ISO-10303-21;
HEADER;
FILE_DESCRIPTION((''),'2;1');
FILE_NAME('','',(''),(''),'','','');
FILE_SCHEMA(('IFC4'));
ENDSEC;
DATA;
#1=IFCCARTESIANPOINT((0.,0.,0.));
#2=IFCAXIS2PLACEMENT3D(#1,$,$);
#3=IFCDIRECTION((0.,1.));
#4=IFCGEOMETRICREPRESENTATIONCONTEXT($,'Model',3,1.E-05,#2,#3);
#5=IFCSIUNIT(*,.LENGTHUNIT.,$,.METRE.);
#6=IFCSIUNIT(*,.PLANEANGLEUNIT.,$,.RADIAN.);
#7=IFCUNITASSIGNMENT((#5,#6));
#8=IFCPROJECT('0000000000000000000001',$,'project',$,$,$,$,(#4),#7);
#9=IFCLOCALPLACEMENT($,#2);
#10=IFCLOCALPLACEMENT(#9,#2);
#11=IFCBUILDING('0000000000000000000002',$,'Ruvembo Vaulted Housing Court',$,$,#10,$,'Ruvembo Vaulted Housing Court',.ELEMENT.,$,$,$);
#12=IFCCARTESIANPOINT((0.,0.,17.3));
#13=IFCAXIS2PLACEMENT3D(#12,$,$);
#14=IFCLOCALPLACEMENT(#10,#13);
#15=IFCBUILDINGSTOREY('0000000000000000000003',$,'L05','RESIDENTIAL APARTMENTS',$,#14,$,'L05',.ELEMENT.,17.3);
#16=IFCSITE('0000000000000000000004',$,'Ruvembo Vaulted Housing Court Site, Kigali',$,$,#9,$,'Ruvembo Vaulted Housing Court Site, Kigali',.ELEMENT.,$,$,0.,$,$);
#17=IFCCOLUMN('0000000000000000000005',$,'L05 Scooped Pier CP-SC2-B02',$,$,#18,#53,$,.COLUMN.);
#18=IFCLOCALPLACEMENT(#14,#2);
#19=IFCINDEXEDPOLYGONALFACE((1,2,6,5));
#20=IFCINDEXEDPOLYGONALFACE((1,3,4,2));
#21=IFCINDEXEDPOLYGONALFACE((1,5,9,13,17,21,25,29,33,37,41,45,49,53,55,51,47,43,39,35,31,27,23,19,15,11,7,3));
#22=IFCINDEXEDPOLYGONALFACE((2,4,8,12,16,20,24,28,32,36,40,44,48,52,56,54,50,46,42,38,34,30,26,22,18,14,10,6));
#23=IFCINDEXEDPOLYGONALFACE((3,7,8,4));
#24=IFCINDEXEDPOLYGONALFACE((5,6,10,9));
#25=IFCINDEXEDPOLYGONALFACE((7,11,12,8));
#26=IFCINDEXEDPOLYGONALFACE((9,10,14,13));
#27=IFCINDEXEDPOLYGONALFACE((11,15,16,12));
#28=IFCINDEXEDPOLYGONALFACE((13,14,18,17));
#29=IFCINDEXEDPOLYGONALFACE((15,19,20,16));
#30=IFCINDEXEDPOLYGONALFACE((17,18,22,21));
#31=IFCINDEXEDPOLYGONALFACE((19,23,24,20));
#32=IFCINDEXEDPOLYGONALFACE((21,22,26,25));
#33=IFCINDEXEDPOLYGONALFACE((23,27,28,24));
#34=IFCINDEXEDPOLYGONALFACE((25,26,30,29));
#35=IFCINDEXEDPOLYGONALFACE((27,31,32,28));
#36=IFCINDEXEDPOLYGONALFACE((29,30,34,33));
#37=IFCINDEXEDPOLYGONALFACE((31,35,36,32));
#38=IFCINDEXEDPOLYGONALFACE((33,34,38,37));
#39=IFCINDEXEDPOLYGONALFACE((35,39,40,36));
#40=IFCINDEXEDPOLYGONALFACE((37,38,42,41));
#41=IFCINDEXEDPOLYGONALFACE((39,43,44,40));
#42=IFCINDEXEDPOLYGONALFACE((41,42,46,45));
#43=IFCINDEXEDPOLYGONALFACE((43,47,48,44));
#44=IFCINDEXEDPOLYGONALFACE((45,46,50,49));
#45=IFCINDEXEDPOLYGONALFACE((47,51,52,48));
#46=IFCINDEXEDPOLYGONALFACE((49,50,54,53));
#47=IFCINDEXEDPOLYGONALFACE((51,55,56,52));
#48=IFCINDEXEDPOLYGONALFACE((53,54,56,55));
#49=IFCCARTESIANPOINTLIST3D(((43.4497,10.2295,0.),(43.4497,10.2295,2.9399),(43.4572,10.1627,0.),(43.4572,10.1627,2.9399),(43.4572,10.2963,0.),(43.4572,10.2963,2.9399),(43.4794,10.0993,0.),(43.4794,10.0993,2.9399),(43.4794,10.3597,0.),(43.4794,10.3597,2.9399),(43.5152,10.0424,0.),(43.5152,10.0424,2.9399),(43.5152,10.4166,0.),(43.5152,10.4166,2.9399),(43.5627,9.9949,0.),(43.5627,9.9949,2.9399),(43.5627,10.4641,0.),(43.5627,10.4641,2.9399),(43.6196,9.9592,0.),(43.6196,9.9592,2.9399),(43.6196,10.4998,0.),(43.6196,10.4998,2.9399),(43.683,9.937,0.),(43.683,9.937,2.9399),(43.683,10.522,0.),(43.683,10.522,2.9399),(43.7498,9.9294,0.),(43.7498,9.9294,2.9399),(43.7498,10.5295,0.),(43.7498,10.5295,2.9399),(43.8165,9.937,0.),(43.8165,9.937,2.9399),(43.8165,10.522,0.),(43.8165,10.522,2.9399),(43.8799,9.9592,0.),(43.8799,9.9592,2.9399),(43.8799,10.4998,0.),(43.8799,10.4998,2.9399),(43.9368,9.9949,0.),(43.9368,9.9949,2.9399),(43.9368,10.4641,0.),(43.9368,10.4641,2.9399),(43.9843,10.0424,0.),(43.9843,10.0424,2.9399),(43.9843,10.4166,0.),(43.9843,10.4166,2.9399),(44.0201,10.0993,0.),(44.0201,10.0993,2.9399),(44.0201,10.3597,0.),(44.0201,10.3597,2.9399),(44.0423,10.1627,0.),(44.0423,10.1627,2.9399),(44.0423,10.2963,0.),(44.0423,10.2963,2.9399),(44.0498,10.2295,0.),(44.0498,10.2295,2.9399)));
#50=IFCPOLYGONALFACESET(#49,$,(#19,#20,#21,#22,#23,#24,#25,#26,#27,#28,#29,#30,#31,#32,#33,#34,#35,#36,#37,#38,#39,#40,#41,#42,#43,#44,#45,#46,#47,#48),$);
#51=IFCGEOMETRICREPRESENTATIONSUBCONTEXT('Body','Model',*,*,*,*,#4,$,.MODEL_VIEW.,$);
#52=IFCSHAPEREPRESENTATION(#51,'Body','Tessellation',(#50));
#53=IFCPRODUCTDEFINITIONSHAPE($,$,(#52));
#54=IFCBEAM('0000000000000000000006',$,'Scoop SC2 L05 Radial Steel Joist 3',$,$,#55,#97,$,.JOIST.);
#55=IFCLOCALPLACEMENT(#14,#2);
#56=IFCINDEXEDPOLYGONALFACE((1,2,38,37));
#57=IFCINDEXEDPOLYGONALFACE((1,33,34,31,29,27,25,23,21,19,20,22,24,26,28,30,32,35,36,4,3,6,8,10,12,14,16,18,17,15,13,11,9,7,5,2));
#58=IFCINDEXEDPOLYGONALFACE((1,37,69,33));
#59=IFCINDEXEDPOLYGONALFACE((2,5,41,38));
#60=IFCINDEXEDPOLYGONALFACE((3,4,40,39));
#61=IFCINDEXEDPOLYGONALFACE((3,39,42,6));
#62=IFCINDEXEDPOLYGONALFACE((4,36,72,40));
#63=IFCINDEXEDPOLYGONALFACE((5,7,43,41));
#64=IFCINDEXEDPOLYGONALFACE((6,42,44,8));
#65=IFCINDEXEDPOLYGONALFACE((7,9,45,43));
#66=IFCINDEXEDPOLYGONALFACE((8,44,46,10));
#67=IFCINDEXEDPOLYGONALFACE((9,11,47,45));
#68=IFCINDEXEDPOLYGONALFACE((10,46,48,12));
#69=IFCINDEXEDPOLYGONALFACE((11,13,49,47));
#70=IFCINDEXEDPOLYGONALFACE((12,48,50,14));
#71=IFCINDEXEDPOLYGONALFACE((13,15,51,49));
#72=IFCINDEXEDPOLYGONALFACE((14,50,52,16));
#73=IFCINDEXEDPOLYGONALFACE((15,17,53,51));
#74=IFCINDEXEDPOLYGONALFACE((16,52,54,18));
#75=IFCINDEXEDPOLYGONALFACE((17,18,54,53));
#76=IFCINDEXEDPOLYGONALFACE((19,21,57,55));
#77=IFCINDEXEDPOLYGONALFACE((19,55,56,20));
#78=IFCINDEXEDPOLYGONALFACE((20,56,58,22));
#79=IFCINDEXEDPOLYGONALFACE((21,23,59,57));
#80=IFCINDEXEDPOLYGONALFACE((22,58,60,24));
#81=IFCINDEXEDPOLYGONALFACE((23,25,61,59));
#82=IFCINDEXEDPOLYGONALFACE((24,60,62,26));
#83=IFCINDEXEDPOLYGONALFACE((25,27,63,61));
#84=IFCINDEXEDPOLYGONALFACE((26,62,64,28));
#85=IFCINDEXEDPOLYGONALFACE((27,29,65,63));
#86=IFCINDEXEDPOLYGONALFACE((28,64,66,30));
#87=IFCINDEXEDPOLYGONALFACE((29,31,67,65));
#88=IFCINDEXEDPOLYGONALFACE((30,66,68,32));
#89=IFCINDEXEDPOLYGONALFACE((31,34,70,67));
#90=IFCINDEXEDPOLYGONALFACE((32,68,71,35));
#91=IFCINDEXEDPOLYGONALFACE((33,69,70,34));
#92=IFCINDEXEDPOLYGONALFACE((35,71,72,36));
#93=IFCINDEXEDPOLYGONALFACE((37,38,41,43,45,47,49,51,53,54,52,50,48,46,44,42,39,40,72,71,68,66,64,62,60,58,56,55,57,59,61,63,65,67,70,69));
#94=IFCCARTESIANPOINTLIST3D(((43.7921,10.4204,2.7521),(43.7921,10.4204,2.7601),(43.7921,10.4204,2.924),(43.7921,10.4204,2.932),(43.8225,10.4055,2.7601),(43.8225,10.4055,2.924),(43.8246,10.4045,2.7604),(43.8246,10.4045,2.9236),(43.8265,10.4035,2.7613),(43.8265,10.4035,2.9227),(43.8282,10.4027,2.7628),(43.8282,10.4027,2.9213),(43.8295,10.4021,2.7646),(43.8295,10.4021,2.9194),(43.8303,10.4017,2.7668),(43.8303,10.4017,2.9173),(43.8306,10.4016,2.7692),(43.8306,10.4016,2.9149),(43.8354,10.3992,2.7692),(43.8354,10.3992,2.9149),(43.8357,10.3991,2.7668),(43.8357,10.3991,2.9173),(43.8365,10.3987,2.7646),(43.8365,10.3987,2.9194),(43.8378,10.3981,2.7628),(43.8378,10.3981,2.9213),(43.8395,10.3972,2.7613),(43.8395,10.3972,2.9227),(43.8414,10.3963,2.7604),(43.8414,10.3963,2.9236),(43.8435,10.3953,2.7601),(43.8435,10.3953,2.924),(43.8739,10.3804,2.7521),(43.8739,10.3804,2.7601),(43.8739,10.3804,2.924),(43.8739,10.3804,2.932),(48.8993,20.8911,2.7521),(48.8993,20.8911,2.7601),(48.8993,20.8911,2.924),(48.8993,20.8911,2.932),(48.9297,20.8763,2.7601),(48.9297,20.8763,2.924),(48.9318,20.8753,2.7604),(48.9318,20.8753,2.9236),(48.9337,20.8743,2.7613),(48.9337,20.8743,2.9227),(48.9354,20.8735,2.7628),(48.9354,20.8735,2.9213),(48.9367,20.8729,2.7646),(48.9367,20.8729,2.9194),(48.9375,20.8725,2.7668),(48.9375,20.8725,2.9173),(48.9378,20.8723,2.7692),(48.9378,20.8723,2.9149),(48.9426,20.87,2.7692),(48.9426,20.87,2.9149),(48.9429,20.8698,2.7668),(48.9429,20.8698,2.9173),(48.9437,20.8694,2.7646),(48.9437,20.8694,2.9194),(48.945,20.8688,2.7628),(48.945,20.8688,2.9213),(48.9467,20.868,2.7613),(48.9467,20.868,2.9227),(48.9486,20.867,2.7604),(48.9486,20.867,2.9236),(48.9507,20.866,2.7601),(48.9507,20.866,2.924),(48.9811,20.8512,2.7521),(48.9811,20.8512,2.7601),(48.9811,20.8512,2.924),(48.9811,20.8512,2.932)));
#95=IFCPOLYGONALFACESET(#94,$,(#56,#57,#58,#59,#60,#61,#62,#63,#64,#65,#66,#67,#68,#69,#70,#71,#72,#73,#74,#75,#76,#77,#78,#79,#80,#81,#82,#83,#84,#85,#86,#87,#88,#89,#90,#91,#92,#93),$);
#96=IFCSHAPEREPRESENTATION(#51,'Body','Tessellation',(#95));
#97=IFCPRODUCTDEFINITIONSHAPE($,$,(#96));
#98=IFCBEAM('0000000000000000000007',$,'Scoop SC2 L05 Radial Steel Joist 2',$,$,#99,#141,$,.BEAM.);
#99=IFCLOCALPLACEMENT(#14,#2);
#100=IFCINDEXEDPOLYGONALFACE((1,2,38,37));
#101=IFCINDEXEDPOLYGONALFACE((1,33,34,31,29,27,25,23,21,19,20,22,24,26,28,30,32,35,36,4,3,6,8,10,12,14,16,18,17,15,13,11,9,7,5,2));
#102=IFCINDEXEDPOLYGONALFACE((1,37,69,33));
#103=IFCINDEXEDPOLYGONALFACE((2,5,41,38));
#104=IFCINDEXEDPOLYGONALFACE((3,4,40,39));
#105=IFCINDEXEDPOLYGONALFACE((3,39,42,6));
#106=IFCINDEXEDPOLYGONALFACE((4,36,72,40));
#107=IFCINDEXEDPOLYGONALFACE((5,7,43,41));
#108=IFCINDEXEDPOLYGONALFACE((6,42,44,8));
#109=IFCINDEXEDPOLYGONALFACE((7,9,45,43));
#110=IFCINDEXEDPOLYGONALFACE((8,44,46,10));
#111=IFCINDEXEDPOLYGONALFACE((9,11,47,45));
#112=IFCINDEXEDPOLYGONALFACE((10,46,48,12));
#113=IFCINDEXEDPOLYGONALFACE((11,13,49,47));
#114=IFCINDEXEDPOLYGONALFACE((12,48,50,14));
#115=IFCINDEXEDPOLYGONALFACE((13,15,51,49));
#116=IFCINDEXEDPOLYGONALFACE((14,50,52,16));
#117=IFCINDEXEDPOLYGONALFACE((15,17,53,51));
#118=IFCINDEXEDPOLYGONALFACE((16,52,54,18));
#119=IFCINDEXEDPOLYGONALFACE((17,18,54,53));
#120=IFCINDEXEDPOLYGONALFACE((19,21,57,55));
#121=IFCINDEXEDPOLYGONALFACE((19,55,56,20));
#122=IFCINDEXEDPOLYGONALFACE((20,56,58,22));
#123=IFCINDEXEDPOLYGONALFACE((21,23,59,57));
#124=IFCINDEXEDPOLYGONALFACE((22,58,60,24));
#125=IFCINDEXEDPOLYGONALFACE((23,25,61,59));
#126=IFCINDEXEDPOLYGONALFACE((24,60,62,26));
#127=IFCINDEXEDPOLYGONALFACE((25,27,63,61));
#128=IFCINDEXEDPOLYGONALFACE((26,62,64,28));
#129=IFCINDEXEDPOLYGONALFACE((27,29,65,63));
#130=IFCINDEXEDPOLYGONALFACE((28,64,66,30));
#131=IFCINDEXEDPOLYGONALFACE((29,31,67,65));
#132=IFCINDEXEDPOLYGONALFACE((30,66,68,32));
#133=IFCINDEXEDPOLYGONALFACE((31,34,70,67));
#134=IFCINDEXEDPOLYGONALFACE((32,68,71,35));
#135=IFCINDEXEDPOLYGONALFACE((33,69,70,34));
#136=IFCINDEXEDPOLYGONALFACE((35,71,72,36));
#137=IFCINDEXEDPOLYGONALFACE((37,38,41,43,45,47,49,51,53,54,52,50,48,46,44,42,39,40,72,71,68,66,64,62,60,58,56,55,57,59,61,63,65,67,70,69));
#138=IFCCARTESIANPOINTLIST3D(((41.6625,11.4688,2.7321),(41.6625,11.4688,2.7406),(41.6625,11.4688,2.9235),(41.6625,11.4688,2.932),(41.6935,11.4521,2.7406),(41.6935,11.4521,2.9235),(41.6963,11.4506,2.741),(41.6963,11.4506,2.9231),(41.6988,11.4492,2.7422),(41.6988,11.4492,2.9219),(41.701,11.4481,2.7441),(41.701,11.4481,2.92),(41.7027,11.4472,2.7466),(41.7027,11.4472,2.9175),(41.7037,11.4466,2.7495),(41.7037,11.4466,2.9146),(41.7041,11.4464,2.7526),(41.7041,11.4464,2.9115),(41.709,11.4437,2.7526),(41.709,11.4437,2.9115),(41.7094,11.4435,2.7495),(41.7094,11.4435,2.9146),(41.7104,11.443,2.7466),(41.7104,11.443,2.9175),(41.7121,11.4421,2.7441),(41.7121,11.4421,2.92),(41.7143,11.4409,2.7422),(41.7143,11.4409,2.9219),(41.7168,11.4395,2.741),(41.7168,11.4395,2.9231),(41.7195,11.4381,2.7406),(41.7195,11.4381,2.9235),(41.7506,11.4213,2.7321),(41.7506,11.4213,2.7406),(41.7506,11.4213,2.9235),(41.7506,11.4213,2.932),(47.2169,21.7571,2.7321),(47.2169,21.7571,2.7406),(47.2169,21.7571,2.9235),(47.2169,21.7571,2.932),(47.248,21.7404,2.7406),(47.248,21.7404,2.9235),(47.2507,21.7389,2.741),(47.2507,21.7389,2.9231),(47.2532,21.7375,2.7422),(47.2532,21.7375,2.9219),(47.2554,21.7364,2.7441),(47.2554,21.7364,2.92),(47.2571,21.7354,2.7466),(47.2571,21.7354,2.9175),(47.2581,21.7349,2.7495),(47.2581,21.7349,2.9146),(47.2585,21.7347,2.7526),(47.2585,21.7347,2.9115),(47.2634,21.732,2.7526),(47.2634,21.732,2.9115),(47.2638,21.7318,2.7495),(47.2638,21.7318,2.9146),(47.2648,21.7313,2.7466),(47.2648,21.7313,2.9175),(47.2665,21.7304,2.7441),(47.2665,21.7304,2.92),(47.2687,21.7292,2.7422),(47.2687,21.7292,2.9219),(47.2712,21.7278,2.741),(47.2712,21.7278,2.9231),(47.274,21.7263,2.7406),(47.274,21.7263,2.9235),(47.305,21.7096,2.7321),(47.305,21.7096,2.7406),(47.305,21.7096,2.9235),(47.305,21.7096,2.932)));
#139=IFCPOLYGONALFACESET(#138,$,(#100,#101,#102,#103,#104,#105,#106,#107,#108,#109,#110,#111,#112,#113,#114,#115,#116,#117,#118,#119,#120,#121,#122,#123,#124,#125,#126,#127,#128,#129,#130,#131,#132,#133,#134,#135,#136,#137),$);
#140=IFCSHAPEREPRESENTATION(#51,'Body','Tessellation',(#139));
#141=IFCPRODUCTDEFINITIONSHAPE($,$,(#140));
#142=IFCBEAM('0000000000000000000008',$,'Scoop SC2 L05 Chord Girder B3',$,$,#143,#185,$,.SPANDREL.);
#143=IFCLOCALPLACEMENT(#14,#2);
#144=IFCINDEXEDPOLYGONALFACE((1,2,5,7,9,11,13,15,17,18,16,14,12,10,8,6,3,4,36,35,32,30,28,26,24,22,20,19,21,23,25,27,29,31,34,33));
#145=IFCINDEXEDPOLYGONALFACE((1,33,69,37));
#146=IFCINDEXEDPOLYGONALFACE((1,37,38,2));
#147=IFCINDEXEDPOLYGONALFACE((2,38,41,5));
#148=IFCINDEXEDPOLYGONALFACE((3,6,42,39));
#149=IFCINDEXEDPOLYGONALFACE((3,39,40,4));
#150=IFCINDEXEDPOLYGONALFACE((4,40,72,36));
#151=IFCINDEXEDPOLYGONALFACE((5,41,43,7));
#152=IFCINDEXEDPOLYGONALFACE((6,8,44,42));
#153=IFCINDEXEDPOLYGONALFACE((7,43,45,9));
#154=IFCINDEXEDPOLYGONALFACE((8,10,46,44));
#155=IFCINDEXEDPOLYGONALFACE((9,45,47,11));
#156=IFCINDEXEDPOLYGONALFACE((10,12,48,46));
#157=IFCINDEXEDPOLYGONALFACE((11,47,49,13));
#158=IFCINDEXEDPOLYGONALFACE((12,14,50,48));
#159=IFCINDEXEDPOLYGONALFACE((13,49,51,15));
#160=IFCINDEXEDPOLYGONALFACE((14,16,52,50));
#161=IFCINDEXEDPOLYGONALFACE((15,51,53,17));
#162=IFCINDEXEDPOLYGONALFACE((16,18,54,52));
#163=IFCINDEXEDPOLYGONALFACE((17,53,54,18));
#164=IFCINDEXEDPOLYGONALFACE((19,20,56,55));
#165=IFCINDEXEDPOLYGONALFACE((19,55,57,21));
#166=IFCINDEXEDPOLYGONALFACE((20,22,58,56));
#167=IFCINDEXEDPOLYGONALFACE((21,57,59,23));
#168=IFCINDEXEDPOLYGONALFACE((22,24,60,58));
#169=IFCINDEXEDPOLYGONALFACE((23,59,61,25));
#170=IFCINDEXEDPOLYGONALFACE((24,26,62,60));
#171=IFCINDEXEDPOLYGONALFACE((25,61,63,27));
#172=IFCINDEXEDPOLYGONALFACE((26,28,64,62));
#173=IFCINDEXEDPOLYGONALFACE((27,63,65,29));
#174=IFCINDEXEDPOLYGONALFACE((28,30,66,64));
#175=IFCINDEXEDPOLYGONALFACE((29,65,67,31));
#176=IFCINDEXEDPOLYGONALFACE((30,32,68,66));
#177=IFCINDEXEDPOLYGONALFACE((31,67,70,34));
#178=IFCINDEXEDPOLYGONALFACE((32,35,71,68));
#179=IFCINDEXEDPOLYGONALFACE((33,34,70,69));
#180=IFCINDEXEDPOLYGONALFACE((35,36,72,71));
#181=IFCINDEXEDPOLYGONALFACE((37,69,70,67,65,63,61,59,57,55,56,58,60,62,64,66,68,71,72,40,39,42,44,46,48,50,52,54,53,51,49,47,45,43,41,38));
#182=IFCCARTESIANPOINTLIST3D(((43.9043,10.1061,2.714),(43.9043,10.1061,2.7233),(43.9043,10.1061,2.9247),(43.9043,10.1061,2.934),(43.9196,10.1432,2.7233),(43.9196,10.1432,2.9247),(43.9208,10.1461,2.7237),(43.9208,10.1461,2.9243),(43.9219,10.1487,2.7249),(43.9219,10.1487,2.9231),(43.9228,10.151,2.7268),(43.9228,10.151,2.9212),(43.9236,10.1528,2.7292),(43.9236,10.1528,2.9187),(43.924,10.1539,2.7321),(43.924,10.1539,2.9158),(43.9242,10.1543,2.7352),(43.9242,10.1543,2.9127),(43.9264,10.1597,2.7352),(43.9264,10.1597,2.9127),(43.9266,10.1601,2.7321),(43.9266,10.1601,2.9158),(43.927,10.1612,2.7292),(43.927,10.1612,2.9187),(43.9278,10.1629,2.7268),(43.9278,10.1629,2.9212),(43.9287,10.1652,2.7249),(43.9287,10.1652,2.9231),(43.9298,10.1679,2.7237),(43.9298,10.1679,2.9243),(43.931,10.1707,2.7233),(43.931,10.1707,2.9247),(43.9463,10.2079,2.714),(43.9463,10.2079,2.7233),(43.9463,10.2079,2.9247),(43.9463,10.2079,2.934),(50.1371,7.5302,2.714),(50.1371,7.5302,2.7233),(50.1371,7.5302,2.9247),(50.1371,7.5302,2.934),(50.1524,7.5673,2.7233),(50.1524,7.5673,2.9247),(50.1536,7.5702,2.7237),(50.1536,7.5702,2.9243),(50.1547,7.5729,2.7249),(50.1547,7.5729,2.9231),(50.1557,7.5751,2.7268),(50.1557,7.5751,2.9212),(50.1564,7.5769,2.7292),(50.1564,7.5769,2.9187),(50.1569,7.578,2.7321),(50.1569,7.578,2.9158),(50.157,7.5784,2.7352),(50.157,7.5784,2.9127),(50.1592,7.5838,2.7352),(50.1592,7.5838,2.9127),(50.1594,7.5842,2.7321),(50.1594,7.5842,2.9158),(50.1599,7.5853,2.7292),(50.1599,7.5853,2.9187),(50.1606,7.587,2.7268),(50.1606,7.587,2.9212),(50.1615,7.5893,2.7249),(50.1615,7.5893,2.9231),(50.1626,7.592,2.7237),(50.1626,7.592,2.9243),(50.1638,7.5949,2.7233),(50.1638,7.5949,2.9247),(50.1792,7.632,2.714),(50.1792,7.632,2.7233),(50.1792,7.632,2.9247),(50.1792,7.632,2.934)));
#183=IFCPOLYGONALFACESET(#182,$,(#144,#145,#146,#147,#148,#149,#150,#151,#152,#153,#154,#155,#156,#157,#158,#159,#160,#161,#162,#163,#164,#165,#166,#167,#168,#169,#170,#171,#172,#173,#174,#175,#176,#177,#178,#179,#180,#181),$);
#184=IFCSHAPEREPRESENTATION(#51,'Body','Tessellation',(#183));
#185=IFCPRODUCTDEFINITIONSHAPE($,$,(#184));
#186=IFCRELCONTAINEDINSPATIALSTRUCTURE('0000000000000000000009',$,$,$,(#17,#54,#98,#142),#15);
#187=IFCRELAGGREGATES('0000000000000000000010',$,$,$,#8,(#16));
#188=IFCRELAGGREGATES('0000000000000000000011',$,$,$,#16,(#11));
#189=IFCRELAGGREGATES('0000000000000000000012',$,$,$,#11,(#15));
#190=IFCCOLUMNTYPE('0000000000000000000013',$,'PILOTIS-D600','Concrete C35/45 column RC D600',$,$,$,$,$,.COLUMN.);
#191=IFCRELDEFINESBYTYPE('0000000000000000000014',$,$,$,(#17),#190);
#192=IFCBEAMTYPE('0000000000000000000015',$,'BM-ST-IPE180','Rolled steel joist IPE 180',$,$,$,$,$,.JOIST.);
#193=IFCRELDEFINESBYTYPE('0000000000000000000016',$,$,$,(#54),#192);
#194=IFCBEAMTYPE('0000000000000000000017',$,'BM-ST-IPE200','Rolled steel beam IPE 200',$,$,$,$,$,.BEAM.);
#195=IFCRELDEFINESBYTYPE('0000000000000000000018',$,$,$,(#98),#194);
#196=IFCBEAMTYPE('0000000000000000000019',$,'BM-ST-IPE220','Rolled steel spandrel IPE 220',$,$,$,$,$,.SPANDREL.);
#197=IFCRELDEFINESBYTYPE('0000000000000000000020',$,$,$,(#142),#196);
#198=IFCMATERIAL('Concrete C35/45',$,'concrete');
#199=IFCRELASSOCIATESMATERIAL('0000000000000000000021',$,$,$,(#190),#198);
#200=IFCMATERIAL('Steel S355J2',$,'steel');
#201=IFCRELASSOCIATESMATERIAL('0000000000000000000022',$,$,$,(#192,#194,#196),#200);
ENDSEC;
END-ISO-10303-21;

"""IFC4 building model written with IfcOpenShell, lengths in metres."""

from ifc_helpers import new_model, si_unit, direction, frame, origin, origin_2d, place, context, subcontext, project, spatial, circle, i_section, extrude, material, material_profile, profile_set, type_object, element, save


model = new_model("IFC4")

# Units and contexts
model_context = context("Model", 3, precision=1e-05, world=origin(), true_north=direction((0.0, 1.0)))
body_context = subcontext(model_context, "Body", "Model", "MODEL_VIEW")
ifc_project = project(units=[si_unit("LENGTHUNIT", "METRE"), si_unit("PLANEANGLEUNIT", "RADIAN")], contexts=[model_context])

# Site, building, storey
site_placement = place(None, origin())
site = spatial("IfcSite", under=ifc_project, at=site_placement, Name="Ruvembo Vaulted Housing Court Site, Kigali", LongName="Ruvembo Vaulted Housing Court Site, Kigali", CompositionType="ELEMENT", RefElevation=0.0)
building_placement = place(site_placement, origin())
building = spatial("IfcBuilding", under=site, at=building_placement, Name="Ruvembo Vaulted Housing Court", LongName="Ruvembo Vaulted Housing Court", CompositionType="ELEMENT")
storey_placement = place(building_placement, frame((0.0, 0.0, 17.3)))
storey = spatial("IfcBuildingStorey", under=building, at=storey_placement, Name="L05", Description="RESIDENTIAL APARTMENTS", LongName="L05", CompositionType="ELEMENT", Elevation=17.3)

# Column
ifc_material_1 = material(Name="Concrete C35/45", Category="concrete")
ifc_material_profile_1 = material_profile(ifc_material_1, circle(Radius=0.3, at=origin_2d()), Name="RC D600")
ifc_profile_set_1 = profile_set([ifc_material_profile_1], Name="Concrete C35/45")
column_type = type_object("IfcColumnType", Name="PILOTIS-D600", Description="Concrete C35/45 column RC D600", PredefinedType="COLUMN", material=ifc_profile_set_1)
column_placement = place(storey_placement, frame((43.7498, 10.2295, 0.0), z_axis=(0.0, 0.0, 1.0), x_axis=(1.0, 0.0, 0.0)))
element("IfcColumn", 1, at=column_placement, inside=storey, type_object=column_type, Name="L05 Scooped Pier CP-SC2-B02", PredefinedType="COLUMN", context=body_context, shape_type="SweptSolid", body=[
    extrude(circle(Radius=0.3, at=origin_2d()), origin(), (0.0, 0.0, 1.0), 2.9399),
])

# Beams
ifc_material_2 = material(Name="Steel S355J2", Category="steel")
ifc_material_profile_2 = material_profile(ifc_material_2, i_section(OverallWidth=0.0911, OverallDepth=0.1799, WebThickness=0.0054, FlangeThickness=0.0081, FilletRadius=0.009, at=origin_2d()), Name="IPE 180")
ifc_profile_set_2 = profile_set([ifc_material_profile_2], Name="Steel S355J2")
beam_type_1 = type_object("IfcBeamType", Name="BM-ST-IPE180", Description="Rolled steel joist IPE 180", PredefinedType="JOIST", material=ifc_profile_set_2)
beam_1_placement = place(storey_placement, frame((43.833, 10.4004, 2.842), z_axis=(0.43839, 0.898785, 0.0), x_axis=(-0.898785, 0.43839, 0.0)))
element("IfcBeam", 2, at=beam_1_placement, inside=storey, type_object=beam_type_1, Name="Scoop SC2 L05 Radial Steel Joist 3", PredefinedType="JOIST", context=body_context, shape_type="SweptSolid", body=[
    extrude(i_section(OverallWidth=0.0911, OverallDepth=0.1799, WebThickness=0.0054, FlangeThickness=0.0081, FilletRadius=0.009, at=origin_2d()), origin(), (0.0, 0.0, 1.0), 11.6499),
])
ifc_material_profile_3 = material_profile(ifc_material_2, i_section(OverallWidth=0.1001, OverallDepth=0.2, WebThickness=0.0056, FlangeThickness=0.0085, FilletRadius=0.012, at=origin_2d()), Name="IPE 200")
ifc_profile_set_3 = profile_set([ifc_material_profile_3], Name="Steel S355J2")
beam_type_2 = type_object("IfcBeamType", Name="BM-ST-IPE200", Description="Rolled steel beam IPE 200", PredefinedType="BEAM", material=ifc_profile_set_3)
beam_2_placement = place(storey_placement, frame((41.7065, 11.4451, 2.832), z_axis=(0.475066, 0.87995, 0.0), x_axis=(-0.87995, 0.475066, 0.0)))
element("IfcBeam", 3, at=beam_2_placement, inside=storey, type_object=beam_type_2, Name="Scoop SC2 L05 Radial Steel Joist 2", PredefinedType="BEAM", context=body_context, shape_type="SweptSolid", body=[
    extrude(i_section(OverallWidth=0.1001, OverallDepth=0.2, WebThickness=0.0056, FlangeThickness=0.0085, FilletRadius=0.012, at=origin_2d()), origin(), (0.0, 0.0, 1.0), 11.6919),
])
ifc_material_profile_4 = material_profile(ifc_material_2, i_section(OverallWidth=0.1101, OverallDepth=0.22, WebThickness=0.0059, FlangeThickness=0.0093, FilletRadius=0.012, at=origin_2d()), Name="IPE 220")
ifc_profile_set_4 = profile_set([ifc_material_profile_4], Name="Steel S355J2")
beam_type_3 = type_object("IfcBeamType", Name="BM-ST-IPE220", Description="Rolled steel spandrel IPE 220", PredefinedType="SPANDREL", material=ifc_profile_set_4)
beam_3_placement = place(storey_placement, frame((43.9253, 10.157, 2.824), z_axis=(0.924185, -0.381946, 0.0), x_axis=(0.381946, 0.924185, 0.0)))
element("IfcBeam", 4, at=beam_3_placement, inside=storey, type_object=beam_type_3, Name="Scoop SC2 L05 Chord Girder B3", PredefinedType="SPANDREL", context=body_context, shape_type="SweptSolid", body=[
    extrude(i_section(OverallWidth=0.1101, OverallDepth=0.22, WebThickness=0.0059, FlangeThickness=0.0093, FilletRadius=0.012, at=origin_2d()), origin(), (0.0, 0.0, 1.0), 6.7441),
])

save(model, "model.ifc")
